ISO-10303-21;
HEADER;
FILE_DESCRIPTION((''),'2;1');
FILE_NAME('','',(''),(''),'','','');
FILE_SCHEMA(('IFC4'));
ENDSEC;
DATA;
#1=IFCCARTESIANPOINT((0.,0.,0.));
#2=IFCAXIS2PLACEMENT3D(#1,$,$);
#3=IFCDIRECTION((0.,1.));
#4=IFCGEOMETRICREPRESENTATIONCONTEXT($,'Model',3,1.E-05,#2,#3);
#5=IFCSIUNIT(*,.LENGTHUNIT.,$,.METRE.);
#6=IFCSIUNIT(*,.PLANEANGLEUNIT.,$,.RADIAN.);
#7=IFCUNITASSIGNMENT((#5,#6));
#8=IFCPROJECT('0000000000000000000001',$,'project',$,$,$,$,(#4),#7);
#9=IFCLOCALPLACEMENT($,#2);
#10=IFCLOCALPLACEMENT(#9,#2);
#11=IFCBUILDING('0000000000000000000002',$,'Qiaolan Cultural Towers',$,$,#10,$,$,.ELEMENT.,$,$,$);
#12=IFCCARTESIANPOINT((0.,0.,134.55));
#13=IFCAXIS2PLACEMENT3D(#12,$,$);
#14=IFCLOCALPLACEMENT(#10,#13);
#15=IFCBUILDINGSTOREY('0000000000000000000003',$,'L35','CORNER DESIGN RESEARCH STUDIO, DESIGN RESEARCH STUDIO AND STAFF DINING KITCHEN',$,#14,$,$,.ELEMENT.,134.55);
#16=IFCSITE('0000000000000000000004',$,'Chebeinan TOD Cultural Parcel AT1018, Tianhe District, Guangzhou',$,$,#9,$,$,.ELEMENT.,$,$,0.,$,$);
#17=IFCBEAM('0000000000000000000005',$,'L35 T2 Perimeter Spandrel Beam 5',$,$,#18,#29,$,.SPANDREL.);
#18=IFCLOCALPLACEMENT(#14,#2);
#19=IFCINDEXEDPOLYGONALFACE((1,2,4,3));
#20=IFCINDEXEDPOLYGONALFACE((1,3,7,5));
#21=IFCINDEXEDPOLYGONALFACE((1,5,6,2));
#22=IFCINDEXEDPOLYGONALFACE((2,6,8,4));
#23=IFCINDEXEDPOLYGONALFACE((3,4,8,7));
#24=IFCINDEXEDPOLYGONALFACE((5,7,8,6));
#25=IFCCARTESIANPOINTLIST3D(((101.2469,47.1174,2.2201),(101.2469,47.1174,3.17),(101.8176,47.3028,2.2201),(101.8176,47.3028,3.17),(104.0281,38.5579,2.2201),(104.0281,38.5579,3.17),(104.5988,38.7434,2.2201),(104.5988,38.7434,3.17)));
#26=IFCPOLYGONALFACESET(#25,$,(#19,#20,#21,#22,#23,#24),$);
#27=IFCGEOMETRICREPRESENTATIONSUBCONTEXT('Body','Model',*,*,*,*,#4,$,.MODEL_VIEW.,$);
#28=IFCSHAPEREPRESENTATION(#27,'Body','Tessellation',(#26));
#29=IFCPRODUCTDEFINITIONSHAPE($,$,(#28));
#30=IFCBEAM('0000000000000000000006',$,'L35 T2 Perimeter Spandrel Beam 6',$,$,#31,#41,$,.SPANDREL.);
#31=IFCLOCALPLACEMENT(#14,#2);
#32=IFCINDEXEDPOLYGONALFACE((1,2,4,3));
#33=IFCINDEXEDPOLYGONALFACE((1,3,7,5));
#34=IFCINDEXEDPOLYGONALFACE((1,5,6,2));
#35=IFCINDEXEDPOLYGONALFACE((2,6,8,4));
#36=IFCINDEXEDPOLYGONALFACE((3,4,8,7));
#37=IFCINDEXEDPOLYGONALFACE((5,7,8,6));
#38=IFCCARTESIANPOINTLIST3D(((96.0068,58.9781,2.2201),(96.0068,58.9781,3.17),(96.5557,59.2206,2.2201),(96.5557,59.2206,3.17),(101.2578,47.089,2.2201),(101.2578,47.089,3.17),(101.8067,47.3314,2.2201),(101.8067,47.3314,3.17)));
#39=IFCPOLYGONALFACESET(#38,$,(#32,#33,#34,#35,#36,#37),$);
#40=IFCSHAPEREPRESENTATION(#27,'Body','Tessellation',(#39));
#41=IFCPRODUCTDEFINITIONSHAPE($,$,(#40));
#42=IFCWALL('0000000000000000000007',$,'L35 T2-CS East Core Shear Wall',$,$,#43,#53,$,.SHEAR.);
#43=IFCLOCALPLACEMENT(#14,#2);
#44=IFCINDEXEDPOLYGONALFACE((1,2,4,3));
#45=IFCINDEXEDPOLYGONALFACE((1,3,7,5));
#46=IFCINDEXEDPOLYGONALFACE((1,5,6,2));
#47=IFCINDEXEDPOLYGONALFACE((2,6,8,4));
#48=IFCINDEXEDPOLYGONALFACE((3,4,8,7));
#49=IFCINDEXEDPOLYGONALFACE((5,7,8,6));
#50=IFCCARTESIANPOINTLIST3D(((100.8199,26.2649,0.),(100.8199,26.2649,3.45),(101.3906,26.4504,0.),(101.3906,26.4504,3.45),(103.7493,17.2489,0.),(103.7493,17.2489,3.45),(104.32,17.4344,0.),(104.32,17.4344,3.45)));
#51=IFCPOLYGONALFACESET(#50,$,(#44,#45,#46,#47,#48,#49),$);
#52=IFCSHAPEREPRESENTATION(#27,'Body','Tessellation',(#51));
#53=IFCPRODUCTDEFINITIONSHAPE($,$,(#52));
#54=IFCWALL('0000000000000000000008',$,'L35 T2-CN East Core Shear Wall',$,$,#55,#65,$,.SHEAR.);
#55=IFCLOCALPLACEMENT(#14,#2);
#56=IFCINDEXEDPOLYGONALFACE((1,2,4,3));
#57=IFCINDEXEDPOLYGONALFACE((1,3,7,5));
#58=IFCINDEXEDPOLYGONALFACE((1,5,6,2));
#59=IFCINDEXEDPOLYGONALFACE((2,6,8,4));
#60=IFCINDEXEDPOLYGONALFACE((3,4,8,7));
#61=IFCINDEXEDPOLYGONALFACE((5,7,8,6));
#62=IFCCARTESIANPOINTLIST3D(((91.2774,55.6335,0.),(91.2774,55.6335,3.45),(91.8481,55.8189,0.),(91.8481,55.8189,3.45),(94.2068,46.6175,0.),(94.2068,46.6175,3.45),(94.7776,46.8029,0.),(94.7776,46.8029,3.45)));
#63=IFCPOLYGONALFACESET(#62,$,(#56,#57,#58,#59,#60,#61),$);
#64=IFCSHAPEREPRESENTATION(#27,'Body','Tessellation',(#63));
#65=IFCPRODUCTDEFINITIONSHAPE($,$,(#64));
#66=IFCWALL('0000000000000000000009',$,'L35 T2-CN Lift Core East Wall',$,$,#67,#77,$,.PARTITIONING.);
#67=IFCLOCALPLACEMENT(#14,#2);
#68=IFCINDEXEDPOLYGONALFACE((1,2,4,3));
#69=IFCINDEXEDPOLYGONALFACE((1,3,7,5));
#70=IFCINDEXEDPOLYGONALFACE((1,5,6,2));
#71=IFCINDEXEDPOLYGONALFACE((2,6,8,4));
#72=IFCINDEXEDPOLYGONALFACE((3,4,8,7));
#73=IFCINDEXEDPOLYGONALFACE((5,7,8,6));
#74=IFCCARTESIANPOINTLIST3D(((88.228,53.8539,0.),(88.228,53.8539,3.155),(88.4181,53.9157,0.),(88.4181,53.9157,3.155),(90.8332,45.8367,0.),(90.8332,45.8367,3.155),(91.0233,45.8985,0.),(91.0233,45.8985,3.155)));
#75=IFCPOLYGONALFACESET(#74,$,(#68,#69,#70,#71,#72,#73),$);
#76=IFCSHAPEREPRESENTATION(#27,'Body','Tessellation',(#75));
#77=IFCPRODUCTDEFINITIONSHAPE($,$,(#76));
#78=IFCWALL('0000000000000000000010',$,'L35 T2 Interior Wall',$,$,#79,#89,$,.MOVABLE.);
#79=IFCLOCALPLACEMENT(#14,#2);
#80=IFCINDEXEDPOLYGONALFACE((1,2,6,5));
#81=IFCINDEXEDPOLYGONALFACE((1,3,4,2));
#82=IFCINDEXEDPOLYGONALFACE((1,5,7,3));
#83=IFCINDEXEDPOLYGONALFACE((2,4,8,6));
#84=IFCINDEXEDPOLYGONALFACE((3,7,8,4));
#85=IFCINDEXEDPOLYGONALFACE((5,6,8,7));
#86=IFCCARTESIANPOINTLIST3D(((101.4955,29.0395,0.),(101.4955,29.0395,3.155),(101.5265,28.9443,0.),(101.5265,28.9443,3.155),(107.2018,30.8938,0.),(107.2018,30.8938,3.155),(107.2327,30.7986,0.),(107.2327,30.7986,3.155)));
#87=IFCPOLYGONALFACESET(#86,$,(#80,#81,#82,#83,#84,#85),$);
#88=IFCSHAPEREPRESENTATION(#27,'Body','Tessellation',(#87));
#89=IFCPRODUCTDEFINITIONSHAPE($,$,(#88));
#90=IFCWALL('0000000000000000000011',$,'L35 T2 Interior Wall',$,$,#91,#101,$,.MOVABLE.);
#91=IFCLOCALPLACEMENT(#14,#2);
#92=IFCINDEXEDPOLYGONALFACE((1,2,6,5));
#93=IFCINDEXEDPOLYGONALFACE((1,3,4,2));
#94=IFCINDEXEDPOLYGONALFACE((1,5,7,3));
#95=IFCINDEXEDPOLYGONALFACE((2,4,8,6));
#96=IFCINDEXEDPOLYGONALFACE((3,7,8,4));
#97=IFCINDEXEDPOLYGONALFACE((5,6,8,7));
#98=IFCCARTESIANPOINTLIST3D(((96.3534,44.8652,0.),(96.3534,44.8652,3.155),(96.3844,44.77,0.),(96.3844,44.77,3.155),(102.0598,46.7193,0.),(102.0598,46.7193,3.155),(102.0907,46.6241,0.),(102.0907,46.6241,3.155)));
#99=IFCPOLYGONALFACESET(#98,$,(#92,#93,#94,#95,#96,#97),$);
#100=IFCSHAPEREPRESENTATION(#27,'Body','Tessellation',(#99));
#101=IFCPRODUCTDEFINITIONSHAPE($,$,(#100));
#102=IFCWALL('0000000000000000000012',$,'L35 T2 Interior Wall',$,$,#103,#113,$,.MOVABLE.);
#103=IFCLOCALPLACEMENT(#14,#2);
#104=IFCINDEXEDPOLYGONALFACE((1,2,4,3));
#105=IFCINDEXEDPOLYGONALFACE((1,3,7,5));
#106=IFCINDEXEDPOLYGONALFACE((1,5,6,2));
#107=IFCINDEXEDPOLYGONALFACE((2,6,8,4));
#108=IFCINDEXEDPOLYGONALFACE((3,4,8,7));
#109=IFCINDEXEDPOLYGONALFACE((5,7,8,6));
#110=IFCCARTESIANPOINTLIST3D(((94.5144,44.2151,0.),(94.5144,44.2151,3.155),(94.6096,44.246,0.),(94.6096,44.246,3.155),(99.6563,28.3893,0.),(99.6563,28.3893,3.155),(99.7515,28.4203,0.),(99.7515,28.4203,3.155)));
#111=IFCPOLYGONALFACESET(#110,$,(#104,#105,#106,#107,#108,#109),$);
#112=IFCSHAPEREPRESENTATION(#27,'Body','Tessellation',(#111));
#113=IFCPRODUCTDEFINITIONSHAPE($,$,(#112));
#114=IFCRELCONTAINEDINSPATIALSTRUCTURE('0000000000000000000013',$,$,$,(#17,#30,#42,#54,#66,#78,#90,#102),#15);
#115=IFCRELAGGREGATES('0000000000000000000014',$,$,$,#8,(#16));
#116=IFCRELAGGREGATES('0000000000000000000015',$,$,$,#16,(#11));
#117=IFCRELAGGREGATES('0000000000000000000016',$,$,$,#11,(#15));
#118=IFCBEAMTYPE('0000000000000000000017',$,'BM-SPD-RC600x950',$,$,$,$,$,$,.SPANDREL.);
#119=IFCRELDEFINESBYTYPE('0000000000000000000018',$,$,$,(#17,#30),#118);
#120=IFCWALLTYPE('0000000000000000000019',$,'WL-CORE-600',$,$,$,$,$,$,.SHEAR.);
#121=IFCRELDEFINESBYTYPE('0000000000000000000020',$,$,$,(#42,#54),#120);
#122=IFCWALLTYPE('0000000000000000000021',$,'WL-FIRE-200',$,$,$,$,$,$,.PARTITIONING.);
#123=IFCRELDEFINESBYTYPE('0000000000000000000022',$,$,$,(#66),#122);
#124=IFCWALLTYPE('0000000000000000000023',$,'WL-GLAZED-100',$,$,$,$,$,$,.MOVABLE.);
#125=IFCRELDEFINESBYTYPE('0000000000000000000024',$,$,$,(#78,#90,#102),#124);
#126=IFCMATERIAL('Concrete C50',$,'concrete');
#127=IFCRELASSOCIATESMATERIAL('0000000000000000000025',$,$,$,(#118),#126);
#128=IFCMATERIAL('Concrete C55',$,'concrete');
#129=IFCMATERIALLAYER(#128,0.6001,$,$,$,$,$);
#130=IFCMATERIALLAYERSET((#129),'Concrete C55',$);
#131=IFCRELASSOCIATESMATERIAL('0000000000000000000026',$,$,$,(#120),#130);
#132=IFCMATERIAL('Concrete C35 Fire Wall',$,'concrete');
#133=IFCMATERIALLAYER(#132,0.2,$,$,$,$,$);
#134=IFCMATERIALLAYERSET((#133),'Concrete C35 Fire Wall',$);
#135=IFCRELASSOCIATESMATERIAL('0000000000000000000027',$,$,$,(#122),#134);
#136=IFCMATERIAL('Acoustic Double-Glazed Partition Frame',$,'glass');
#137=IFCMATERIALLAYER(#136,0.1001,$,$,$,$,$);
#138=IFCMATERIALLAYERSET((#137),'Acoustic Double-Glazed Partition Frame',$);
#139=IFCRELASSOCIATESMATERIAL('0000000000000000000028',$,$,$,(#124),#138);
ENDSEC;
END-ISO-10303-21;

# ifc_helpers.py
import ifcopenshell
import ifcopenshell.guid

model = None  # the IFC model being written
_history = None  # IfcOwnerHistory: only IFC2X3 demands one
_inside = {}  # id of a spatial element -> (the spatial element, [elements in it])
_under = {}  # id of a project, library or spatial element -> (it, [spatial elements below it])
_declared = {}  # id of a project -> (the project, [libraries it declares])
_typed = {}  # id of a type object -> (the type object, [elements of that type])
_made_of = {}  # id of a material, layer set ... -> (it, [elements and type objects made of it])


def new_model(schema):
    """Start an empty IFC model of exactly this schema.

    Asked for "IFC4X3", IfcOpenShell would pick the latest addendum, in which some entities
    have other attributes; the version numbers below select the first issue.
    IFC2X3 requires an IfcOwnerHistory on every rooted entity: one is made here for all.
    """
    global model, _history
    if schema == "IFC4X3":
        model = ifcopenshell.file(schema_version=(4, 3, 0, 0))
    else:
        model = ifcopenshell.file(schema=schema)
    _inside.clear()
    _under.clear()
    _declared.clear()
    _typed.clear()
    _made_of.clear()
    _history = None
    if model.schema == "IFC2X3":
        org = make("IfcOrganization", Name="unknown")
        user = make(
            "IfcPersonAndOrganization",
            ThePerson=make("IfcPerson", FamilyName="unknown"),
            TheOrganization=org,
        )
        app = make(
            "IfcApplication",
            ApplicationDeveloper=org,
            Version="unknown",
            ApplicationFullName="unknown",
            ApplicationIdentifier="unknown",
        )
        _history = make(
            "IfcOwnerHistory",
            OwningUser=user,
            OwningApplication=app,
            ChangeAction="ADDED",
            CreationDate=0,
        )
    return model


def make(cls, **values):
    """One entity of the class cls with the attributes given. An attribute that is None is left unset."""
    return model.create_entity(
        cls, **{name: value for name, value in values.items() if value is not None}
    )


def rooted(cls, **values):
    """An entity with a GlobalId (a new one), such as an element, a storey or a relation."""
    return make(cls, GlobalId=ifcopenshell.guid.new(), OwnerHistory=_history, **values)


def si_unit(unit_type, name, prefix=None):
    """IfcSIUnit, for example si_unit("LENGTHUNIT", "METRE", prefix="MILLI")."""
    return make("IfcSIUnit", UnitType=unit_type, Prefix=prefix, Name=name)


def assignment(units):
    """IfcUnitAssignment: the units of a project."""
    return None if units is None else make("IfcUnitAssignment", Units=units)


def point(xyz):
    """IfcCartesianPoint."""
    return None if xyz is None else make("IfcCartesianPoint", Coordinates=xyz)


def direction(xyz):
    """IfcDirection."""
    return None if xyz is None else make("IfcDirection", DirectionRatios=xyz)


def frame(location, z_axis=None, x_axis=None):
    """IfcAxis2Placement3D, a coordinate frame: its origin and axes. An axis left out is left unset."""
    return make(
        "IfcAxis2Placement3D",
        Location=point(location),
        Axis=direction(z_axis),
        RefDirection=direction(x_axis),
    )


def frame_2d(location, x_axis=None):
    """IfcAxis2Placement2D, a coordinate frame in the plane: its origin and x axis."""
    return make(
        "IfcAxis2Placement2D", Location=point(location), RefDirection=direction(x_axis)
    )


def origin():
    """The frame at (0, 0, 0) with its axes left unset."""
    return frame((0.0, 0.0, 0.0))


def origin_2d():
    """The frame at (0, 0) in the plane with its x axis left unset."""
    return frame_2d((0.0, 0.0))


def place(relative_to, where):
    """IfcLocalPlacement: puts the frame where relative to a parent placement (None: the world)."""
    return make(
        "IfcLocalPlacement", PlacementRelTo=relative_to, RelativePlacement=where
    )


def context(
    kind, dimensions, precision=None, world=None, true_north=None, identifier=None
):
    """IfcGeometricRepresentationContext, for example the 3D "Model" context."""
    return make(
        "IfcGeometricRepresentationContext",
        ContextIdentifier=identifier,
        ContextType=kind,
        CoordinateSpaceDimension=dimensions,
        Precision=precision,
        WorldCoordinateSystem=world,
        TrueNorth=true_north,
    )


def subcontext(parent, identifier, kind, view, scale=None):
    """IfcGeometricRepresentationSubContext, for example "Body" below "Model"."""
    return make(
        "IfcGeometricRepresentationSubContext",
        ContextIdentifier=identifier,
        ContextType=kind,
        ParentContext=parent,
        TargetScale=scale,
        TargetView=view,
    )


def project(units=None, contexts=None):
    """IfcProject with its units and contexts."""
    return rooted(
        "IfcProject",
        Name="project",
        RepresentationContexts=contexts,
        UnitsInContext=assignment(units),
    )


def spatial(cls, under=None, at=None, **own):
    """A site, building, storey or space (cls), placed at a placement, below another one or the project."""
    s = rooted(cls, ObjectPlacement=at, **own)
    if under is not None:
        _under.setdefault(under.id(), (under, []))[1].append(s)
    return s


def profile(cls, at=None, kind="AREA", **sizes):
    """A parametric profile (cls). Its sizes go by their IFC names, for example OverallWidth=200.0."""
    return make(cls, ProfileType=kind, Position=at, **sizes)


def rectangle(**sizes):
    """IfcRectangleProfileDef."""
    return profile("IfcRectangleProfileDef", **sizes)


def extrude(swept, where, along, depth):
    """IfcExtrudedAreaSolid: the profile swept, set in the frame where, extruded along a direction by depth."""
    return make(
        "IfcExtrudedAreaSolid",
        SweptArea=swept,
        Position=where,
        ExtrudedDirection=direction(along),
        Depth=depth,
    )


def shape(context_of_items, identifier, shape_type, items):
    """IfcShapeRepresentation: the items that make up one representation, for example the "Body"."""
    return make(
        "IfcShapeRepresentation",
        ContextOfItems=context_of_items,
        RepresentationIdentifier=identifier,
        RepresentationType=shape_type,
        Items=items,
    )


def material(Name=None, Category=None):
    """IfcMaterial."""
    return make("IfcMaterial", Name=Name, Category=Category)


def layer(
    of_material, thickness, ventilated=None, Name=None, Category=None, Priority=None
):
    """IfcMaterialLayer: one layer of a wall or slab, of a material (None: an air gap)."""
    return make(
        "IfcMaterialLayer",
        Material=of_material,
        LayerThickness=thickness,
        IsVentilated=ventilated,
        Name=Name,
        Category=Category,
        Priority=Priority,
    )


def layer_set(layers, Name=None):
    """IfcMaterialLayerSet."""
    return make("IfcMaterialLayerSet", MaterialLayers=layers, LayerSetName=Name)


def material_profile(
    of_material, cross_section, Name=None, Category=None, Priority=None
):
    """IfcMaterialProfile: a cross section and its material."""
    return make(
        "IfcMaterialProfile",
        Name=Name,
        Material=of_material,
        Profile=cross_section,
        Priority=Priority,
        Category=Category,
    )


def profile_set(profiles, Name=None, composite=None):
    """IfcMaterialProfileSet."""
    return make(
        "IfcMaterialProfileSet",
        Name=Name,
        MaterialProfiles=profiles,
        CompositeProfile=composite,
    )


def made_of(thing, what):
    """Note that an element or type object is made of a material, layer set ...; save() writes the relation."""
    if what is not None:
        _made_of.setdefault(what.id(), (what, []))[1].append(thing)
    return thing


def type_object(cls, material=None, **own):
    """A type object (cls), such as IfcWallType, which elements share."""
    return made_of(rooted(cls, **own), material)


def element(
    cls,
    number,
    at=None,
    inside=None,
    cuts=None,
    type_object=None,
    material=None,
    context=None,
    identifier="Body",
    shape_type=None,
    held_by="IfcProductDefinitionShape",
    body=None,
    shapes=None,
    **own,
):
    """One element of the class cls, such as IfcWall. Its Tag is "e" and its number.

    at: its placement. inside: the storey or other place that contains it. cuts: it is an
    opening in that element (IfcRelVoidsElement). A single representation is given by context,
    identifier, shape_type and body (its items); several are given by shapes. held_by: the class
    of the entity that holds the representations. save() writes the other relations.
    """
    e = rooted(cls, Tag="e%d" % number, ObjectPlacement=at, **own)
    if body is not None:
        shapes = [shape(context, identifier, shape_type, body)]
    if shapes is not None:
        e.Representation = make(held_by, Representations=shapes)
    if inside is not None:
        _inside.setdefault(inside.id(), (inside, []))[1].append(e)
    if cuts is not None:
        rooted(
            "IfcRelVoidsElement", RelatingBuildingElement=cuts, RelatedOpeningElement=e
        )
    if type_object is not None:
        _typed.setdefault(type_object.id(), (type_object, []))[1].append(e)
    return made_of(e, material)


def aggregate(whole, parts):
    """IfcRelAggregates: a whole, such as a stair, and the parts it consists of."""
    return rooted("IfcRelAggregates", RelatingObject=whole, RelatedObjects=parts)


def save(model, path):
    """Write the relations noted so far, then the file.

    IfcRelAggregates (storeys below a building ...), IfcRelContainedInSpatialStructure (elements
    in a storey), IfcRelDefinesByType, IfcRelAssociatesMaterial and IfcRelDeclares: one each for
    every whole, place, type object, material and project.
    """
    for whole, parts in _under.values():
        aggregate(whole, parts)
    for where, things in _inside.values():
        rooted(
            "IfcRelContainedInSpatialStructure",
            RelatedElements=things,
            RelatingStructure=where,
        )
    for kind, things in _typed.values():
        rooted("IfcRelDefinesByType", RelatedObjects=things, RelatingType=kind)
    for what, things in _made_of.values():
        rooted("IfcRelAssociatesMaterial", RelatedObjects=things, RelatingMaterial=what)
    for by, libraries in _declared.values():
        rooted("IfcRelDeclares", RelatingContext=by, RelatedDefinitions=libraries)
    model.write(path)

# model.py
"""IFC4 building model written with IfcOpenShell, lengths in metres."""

from ifc_helpers import new_model, si_unit, direction, frame, frame_2d, origin, origin_2d, place, context, subcontext, project, spatial, rectangle, extrude, material, layer, layer_set, material_profile, profile_set, type_object, element, save


model = new_model("IFC4")

# Units and contexts
model_context = context("Model", 3, precision=1e-05, world=origin(), true_north=direction((0.0, 1.0)))
body_context = subcontext(model_context, "Body", "Model", "MODEL_VIEW")
ifc_project = project(units=[si_unit("LENGTHUNIT", "METRE"), si_unit("PLANEANGLEUNIT", "RADIAN")], contexts=[model_context])

# Site, building, storey
site_placement = place(None, origin())
site = spatial("IfcSite", under=ifc_project, at=site_placement, Name="Chebeinan TOD Cultural Parcel AT1018, Tianhe District, Guangzhou", CompositionType="ELEMENT", RefElevation=0.0)
building_placement = place(site_placement, origin())
building = spatial("IfcBuilding", under=site, at=building_placement, Name="Qiaolan Cultural Towers", CompositionType="ELEMENT")
storey_placement = place(building_placement, frame((0.0, 0.0, 134.55)))
storey = spatial("IfcBuildingStorey", under=building, at=storey_placement, Name="L35", Description="CORNER DESIGN RESEARCH STUDIO, DESIGN RESEARCH STUDIO AND STAFF DINING KITCHEN", CompositionType="ELEMENT", Elevation=134.55)

# Beams
ifc_material_1 = material(Name="Concrete C50", Category="concrete")
ifc_material_profile_1 = material_profile(ifc_material_1, rectangle(XDim=0.6001, YDim=0.95, at=origin_2d()), Name="RC600x950")
ifc_profile_set_1 = profile_set([ifc_material_profile_1], Name="Concrete C50")
beam_type_1 = type_object("IfcBeamType", Name="BM-SPD-RC600x950", PredefinedType="SPANDREL", material=ifc_profile_set_1)
beam_1_placement = place(storey_placement, frame((104.3135, 38.6506, 2.6951), z_axis=(-0.309025, 0.951054, 0.0), x_axis=(-0.951054, -0.309025, 0.0)))
element("IfcBeam", 1, at=beam_1_placement, inside=storey, type_object=beam_type_1, Name="L35 T2 Perimeter Spandrel Beam 5", PredefinedType="SPANDREL", context=body_context, shape_type="SweptSolid", body=[
    extrude(rectangle(XDim=0.6001, YDim=0.95, at=origin_2d()), origin(), (0.0, 0.0, 1.0), 9.0),
])
beam_2_placement = place(storey_placement, frame((101.5322, 47.2102, 2.6951), z_axis=(-0.404011, 0.914754, 0.0), x_axis=(-0.914754, -0.404011, 0.0)))
element("IfcBeam", 2, at=beam_2_placement, inside=storey, type_object=beam_type_1, Name="L35 T2 Perimeter Spandrel Beam 6", PredefinedType="SPANDREL", context=body_context, shape_type="SweptSolid", body=[
    extrude(rectangle(XDim=0.6001, YDim=0.95, at=origin_2d()), origin(), (0.0, 0.0, 1.0), 12.9971),
])

# Walls
ifc_material_2 = material(Name="Concrete C55", Category="concrete")
ifc_layer_1 = layer(ifc_material_2, 0.6001)
ifc_layer_set_1 = layer_set([ifc_layer_1], Name="Concrete C55")
wall_type_1 = type_object("IfcWallType", Name="WL-CORE-600", PredefinedType="SHEAR", material=ifc_layer_set_1)
for number, where, z_axis, x_axis, name in (
    (3, (101.1052, 26.3577, 0.0), (0.0, 0.0, 1.0), (0.30901, -0.951059, 0.0), "L35 T2-CS East Core Shear Wall"),
    (4, (94.4922, 46.7102, 0.0), (0.0, 0.0, 1.0), (-0.30901, 0.951059, 0.0), "L35 T2-CN East Core Shear Wall"),
):
    element("IfcWall", number, at=place(storey_placement, frame(where, z_axis=z_axis, x_axis=x_axis)), inside=storey, type_object=wall_type_1, Name=name, PredefinedType="SHEAR", context=body_context, shape_type="SweptSolid", body=[
        extrude(rectangle(XDim=9.48, YDim=0.6001, at=frame_2d((4.74, 0.0))), origin(), (0.0, 0.0, 1.0), 3.45),
    ])
ifc_material_3 = material(Name="Concrete C35 Fire Wall", Category="concrete")
ifc_layer_2 = layer(ifc_material_3, 0.2)
ifc_layer_set_2 = layer_set([ifc_layer_2], Name="Concrete C35 Fire Wall")
wall_type_2 = type_object("IfcWallType", Name="WL-FIRE-200", PredefinedType="PARTITIONING", material=ifc_layer_set_2)
wall_1_placement = place(storey_placement, frame((90.9282, 45.8677, 0.0), z_axis=(0.0, 0.0, 1.0), x_axis=(-0.309042, 0.951048, 0.0)))
element("IfcWall", 5, at=wall_1_placement, inside=storey, type_object=wall_type_2, Name="L35 T2-CN Lift Core East Wall", PredefinedType="PARTITIONING", context=body_context, shape_type="SweptSolid", body=[
    extrude(rectangle(XDim=8.4299, YDim=0.2, at=frame_2d((4.2148, 0.0))), origin(), (0.0, 0.0, 1.0), 3.155),
])
ifc_material_4 = material(Name="Acoustic Double-Glazed Partition Frame", Category="glass")
ifc_layer_3 = layer(ifc_material_4, 0.1001)
ifc_layer_set_3 = layer_set([ifc_layer_3], Name="Acoustic Double-Glazed Partition Frame")
wall_type_3 = type_object("IfcWallType", Name="WL-GLAZED-100", PredefinedType="MOVABLE", material=ifc_layer_set_3)
for number, where, z_axis, x_axis, name in (
    (6, (101.511, 28.9919, 0.0), (0.0, 0.0, 1.0), (0.951049, 0.309041, 0.0), "L35 T2 Interior Wall"),
    (7, (96.3689, 44.8176, 0.0), (0.0, 0.0, 1.0), (0.951061, 0.309004, 0.0), "L35 T2 Interior Wall"),
):
    element("IfcWall", number, at=place(storey_placement, frame(where, z_axis=z_axis, x_axis=x_axis)), inside=storey, type_object=wall_type_3, Name=name, PredefinedType="MOVABLE", context=body_context, shape_type="SweptSolid", body=[
        extrude(rectangle(XDim=6.0, YDim=0.1001, at=frame_2d((3.0, 0.0))), origin(), (0.0, 0.0, 1.0), 3.155),
    ])
wall_2_placement = place(storey_placement, frame((99.7039, 28.4048, 0.0), z_axis=(0.0, 0.0, 1.0), x_axis=(-0.309004, 0.951061, 0.0)))
element("IfcWall", 8, at=wall_2_placement, inside=storey, type_object=wall_type_3, Name="L35 T2 Interior Wall", PredefinedType="MOVABLE", context=body_context, shape_type="SweptSolid", body=[
    extrude(rectangle(XDim=16.6401, YDim=0.1001, at=frame_2d((8.3201, 0.0))), origin(), (0.0, 0.0, 1.0), 3.155),
])

save(model, "model.ifc")
